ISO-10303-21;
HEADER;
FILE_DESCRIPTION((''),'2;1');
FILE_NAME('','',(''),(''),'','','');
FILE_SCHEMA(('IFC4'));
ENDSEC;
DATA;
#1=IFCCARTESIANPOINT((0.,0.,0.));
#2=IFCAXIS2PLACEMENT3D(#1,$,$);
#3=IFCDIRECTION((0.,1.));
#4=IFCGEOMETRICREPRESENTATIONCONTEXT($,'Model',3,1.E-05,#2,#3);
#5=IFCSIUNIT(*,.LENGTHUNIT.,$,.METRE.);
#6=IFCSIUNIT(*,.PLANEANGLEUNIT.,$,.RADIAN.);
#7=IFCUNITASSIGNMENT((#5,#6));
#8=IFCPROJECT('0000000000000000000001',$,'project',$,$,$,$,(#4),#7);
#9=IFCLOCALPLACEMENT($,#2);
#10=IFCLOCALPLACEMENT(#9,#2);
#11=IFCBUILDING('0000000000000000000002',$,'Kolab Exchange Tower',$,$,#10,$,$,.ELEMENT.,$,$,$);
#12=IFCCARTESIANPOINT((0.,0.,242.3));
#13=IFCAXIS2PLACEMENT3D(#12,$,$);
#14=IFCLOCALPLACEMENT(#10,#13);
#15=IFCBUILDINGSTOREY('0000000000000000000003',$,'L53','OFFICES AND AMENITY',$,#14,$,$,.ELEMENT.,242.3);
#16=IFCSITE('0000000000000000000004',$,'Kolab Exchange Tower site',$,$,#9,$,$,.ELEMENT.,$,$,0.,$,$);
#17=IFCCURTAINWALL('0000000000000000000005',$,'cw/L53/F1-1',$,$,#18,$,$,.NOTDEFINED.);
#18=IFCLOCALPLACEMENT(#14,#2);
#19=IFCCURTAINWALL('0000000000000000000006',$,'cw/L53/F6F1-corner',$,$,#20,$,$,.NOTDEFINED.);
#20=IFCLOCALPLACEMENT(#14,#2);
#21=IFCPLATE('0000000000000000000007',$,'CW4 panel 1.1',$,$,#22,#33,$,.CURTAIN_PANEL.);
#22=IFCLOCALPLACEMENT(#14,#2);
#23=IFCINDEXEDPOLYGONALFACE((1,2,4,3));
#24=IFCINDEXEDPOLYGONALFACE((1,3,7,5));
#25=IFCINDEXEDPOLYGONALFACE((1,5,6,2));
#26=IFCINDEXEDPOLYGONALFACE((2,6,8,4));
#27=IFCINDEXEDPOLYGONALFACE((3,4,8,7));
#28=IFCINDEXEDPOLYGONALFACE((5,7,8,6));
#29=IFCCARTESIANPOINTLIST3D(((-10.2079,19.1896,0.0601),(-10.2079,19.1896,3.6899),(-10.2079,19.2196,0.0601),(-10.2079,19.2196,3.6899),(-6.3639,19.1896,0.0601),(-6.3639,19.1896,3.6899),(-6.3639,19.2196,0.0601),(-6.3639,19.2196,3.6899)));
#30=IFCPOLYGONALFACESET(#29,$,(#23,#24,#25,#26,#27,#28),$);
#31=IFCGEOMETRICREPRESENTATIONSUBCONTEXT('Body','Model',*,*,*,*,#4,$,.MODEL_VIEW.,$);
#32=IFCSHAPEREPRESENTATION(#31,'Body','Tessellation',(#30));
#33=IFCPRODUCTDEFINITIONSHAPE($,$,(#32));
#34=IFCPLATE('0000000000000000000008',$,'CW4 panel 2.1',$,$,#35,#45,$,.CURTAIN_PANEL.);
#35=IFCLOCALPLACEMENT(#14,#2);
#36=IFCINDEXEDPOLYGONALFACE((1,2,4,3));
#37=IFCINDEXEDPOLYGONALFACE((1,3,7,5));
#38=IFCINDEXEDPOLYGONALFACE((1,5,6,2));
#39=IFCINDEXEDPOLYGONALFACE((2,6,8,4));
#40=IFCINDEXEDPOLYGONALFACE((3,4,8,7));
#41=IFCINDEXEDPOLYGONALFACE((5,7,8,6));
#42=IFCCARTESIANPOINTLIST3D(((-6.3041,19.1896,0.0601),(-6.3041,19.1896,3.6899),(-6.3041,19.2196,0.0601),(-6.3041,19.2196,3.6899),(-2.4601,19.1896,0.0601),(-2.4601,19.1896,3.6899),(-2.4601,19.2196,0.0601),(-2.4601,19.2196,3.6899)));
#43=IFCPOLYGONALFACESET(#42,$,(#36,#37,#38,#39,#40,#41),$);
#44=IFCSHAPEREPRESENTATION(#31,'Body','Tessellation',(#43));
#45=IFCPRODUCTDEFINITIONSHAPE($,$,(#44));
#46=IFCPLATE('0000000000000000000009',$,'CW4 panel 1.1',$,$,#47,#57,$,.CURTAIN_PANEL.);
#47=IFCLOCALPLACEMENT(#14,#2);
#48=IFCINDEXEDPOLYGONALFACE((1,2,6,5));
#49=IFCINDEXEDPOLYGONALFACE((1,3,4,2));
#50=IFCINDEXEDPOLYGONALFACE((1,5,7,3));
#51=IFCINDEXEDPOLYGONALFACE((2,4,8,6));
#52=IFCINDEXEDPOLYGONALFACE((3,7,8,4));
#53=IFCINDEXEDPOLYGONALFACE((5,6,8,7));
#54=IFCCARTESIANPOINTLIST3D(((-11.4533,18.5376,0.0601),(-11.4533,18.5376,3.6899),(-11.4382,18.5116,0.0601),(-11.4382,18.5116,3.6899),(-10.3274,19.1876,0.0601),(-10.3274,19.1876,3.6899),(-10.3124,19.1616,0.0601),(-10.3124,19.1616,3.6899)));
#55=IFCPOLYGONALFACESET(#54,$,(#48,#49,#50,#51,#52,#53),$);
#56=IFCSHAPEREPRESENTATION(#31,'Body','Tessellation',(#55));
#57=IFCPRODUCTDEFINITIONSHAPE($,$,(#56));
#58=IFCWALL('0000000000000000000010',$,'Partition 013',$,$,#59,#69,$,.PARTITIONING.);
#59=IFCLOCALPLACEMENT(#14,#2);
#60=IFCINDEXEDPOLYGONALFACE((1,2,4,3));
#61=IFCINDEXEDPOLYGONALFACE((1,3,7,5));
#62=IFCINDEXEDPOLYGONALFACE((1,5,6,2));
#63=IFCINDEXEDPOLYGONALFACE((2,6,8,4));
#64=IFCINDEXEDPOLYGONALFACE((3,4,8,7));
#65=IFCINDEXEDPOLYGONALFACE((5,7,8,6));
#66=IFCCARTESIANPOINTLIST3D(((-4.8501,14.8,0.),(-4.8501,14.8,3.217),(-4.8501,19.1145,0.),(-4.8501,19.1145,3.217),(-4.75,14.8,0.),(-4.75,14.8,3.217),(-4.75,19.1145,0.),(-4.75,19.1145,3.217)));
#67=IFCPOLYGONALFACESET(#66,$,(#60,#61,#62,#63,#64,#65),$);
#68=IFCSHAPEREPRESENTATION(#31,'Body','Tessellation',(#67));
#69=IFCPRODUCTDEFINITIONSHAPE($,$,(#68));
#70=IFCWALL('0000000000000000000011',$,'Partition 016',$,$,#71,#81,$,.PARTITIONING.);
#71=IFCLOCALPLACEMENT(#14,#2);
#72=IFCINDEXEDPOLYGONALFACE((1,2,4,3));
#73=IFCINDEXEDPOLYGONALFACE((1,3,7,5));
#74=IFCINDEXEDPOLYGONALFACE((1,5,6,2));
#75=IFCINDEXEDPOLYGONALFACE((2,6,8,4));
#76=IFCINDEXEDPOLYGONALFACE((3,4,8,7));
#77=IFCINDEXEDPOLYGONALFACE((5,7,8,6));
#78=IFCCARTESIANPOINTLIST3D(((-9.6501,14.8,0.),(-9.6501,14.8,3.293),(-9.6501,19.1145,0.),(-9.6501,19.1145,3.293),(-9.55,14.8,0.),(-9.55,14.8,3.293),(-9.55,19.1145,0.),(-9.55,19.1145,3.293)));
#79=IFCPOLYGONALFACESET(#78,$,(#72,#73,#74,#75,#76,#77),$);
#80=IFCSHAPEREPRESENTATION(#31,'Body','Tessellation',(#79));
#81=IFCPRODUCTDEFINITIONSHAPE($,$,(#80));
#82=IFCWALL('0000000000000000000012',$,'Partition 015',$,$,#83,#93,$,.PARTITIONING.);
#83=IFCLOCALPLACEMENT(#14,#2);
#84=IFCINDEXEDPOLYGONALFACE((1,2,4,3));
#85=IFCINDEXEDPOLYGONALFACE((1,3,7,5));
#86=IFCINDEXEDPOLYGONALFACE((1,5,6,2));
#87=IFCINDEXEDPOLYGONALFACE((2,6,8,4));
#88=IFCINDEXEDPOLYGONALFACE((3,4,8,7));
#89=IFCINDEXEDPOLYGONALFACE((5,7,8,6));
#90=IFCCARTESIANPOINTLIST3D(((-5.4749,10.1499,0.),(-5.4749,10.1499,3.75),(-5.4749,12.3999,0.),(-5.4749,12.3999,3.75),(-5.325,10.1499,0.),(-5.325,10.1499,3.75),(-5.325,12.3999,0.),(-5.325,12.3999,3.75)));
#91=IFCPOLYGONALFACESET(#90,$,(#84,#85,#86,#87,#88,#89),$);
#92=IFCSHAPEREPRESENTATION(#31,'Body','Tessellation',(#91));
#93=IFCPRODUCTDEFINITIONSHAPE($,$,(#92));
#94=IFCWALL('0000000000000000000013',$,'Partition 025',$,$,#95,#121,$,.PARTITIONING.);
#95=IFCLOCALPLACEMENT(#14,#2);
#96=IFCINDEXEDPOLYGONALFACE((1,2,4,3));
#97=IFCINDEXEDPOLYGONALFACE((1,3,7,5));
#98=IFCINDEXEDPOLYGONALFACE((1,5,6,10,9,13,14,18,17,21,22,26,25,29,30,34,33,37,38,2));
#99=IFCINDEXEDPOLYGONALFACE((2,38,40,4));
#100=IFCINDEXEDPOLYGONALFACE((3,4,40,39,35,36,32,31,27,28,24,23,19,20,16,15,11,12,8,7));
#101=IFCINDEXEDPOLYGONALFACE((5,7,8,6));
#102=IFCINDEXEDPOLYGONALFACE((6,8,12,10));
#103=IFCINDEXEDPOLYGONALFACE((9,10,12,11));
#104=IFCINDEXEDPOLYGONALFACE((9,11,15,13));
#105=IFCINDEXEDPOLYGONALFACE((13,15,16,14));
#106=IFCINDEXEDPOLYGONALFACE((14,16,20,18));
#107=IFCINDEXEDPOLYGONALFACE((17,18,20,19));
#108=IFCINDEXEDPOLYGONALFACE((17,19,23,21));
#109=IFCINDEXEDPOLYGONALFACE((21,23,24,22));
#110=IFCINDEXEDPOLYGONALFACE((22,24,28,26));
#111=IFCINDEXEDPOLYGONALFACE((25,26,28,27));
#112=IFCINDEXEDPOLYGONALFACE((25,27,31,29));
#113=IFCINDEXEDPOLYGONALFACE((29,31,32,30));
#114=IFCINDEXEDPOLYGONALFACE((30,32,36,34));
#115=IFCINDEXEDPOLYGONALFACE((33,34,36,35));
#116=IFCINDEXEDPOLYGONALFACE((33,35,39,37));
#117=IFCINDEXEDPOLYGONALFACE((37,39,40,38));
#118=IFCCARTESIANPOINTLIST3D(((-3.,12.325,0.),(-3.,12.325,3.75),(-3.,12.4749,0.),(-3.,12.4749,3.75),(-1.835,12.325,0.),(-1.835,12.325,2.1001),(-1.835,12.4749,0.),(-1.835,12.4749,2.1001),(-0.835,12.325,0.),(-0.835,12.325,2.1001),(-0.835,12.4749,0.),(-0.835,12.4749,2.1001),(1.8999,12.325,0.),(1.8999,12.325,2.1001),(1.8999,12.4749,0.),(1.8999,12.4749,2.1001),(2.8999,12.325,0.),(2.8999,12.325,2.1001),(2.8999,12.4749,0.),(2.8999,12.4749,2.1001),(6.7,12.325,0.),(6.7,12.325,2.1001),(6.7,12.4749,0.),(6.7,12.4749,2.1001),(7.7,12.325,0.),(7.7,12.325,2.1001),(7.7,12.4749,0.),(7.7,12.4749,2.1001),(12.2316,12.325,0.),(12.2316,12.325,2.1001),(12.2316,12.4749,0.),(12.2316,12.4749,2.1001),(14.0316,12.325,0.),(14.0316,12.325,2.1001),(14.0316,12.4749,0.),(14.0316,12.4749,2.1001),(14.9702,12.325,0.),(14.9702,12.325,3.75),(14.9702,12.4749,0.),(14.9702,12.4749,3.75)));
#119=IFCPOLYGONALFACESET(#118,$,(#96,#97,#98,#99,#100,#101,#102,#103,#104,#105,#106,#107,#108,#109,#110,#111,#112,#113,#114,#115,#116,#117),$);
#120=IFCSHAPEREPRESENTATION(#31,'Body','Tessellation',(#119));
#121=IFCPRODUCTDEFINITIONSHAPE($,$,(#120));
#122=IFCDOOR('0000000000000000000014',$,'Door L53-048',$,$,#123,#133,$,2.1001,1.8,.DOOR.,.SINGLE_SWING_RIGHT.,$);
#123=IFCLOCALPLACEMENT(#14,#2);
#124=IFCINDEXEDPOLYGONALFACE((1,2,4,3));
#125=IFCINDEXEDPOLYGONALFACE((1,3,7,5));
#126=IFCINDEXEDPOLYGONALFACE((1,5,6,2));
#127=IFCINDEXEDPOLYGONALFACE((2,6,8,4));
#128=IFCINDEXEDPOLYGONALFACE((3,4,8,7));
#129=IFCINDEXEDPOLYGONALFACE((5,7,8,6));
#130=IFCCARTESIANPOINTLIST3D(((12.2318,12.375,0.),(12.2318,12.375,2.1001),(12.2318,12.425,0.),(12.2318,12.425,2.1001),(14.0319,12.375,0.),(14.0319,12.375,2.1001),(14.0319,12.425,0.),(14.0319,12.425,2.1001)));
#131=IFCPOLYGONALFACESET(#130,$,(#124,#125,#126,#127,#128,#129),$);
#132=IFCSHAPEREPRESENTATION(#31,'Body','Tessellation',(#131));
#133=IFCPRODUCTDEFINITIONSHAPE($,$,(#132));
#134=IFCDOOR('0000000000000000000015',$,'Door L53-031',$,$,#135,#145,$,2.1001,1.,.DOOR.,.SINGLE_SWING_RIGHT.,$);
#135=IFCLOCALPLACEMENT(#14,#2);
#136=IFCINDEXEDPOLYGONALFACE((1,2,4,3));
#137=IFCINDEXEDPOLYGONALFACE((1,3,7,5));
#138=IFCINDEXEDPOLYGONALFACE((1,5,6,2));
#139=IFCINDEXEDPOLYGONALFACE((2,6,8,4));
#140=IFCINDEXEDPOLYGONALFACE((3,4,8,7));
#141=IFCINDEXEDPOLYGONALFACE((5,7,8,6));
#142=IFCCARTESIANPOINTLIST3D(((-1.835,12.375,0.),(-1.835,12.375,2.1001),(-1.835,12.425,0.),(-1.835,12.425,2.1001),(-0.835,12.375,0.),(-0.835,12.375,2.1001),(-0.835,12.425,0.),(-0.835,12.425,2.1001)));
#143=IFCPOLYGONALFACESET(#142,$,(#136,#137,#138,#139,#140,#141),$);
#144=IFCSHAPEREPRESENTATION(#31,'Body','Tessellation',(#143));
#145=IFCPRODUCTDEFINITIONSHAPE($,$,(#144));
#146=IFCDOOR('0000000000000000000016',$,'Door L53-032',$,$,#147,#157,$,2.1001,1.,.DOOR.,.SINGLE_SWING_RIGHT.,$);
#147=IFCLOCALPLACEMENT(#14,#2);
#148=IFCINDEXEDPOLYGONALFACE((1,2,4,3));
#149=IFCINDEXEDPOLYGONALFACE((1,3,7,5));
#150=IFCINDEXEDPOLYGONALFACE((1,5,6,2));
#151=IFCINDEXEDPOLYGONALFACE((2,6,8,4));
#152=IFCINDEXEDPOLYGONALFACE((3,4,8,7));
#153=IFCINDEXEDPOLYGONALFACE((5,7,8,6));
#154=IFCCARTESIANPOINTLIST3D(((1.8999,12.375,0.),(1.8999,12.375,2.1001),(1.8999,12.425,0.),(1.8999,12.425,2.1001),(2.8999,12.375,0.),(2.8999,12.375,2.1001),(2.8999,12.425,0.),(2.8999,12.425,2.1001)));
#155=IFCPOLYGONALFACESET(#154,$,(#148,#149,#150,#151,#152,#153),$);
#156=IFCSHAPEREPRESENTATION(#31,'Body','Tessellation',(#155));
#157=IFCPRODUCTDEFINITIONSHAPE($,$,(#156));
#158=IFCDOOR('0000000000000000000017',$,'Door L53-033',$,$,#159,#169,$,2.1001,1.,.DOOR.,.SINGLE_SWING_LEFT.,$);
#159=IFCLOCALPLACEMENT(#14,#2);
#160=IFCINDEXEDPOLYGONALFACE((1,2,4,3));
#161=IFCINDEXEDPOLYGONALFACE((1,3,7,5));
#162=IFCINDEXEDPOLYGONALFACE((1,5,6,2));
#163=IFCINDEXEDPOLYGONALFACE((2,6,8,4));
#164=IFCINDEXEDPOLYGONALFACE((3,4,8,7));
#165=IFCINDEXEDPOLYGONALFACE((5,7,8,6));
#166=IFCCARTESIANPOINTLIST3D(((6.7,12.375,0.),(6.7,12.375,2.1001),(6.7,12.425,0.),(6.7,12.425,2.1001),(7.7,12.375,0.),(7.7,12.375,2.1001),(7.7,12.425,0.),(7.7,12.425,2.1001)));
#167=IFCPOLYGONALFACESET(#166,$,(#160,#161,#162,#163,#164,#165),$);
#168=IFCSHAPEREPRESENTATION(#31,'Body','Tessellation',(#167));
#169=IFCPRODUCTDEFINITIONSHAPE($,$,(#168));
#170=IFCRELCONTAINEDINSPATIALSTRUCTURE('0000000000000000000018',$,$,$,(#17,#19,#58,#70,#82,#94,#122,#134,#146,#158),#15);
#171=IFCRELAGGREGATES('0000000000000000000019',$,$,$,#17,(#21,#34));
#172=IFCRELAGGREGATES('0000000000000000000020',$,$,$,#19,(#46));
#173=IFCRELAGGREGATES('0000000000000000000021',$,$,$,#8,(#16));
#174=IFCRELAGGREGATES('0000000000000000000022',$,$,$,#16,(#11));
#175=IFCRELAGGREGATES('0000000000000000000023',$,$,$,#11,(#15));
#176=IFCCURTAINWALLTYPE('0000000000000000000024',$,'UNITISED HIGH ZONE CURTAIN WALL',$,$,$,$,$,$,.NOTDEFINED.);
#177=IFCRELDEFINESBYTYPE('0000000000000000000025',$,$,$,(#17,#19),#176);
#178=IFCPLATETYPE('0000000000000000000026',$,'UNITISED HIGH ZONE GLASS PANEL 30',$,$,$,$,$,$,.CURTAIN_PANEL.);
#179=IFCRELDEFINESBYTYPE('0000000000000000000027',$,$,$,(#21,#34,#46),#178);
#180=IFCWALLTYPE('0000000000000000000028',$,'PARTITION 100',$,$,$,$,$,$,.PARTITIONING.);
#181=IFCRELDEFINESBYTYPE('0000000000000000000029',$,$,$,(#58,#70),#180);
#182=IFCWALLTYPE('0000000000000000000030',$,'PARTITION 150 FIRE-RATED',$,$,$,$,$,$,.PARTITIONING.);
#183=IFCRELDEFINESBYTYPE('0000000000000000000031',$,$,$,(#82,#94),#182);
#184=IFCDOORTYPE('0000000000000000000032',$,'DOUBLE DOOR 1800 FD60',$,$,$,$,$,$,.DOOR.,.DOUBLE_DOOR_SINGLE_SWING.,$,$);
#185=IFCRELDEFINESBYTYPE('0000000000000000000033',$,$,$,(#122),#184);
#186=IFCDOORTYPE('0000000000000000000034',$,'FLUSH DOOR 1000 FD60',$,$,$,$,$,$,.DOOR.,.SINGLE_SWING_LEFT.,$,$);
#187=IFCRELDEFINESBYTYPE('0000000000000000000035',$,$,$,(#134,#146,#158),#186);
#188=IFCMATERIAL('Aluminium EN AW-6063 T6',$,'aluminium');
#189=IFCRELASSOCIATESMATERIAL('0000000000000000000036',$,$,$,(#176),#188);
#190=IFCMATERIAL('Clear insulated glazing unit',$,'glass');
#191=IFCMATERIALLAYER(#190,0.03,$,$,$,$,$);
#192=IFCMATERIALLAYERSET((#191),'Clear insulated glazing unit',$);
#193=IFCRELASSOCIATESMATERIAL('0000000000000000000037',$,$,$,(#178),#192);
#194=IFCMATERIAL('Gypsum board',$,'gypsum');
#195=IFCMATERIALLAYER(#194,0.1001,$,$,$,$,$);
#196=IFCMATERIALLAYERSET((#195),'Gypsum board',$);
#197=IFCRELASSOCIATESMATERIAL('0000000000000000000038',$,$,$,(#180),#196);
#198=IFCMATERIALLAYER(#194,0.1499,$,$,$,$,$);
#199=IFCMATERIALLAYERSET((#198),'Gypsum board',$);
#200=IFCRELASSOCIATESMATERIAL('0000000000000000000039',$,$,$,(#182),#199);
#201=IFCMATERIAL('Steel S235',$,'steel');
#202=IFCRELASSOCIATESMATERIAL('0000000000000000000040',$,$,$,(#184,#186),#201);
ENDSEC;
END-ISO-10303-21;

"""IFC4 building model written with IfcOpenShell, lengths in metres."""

from ifc_helpers import new_model, si_unit, direction, frame, frame_2d, origin, origin_2d, place, context, subcontext, project, spatial, rectangle, extrude, material, layer, layer_set, type_object, element, fill, aggregate, save


model = new_model("IFC4")

# Units and contexts
model_context = context("Model", 3, precision=1e-05, world=origin(), true_north=direction((0.0, 1.0)))
body_context = subcontext(model_context, "Body", "Model", "MODEL_VIEW")
ifc_project = project(units=[si_unit("LENGTHUNIT", "METRE"), si_unit("PLANEANGLEUNIT", "RADIAN")], contexts=[model_context])

# Site, building, storey
site_placement = place(None, origin())
site = spatial("IfcSite", under=ifc_project, at=site_placement, Name="Kolab Exchange Tower site", CompositionType="ELEMENT", RefElevation=0.0)
building_placement = place(site_placement, origin())
building = spatial("IfcBuilding", under=site, at=building_placement, Name="Kolab Exchange Tower", CompositionType="ELEMENT")
storey_placement = place(building_placement, frame((0.0, 0.0, 242.3)))
storey = spatial("IfcBuildingStorey", under=building, at=storey_placement, Name="L53", Description="OFFICES AND AMENITY", CompositionType="ELEMENT", Elevation=242.3)

# Curtain wall
ifc_material_1 = material(Name="Aluminium EN AW-6063 T6", Category="aluminium")
curtain_wall_type = type_object("IfcCurtainWallType", Name="UNITISED HIGH ZONE CURTAIN WALL", PredefinedType="NOTDEFINED", material=ifc_material_1)
curtain_wall_1_placement = place(storey_placement, origin())
curtain_wall_1 = element("IfcCurtainWall", 1, at=curtain_wall_1_placement, inside=storey, type_object=curtain_wall_type, Name="cw/L53/F1-1", PredefinedType="NOTDEFINED")

# Curtain wall
curtain_wall_2_placement = place(storey_placement, origin())
curtain_wall_2 = element("IfcCurtainWall", 2, at=curtain_wall_2_placement, inside=storey, type_object=curtain_wall_type, Name="cw/L53/F6F1-corner", PredefinedType="NOTDEFINED")

# Plates
ifc_material_2 = material(Name="Clear insulated glazing unit", Category="glass")
ifc_layer_1 = layer(ifc_material_2, 0.03)
ifc_layer_set_1 = layer_set([ifc_layer_1], Name="Clear insulated glazing unit")
plate_type = type_object("IfcPlateType", Name="UNITISED HIGH ZONE GLASS PANEL 30", PredefinedType="CURTAIN_PANEL", material=ifc_layer_set_1)
plate_1_placement = place(storey_placement, frame((-8.2859, 19.2046, 0.0601), z_axis=(0.0, 0.0, 1.0), x_axis=(1.0, 0.0, 0.0)))
plate_1 = element("IfcPlate", 3, at=plate_1_placement, type_object=plate_type, Name="CW4 panel 1.1", PredefinedType="CURTAIN_PANEL", context=body_context, shape_type="SweptSolid", body=[
    extrude(rectangle(XDim=3.844, YDim=0.03, at=origin_2d()), origin(), (0.0, 0.0, 1.0), 3.6299),
])
plate_2_placement = place(storey_placement, frame((-4.3821, 19.2046, 0.0601), z_axis=(0.0, 0.0, 1.0), x_axis=(1.0, 0.0, 0.0)))
plate_2 = element("IfcPlate", 4, at=plate_2_placement, type_object=plate_type, Name="CW4 panel 2.1", PredefinedType="CURTAIN_PANEL", context=body_context, shape_type="SweptSolid", body=[
    extrude(rectangle(XDim=3.844, YDim=0.03, at=origin_2d()), origin(), (0.0, 0.0, 1.0), 3.6299),
])
aggregate(curtain_wall_1, [plate_1, plate_2])
plate_3_placement = place(storey_placement, frame((-10.8828, 18.8496, 0.0601), z_axis=(0.0, 0.0, 1.0), x_axis=(0.866025, 0.5, 0.0)))
plate_3 = element("IfcPlate", 5, at=plate_3_placement, type_object=plate_type, Name="CW4 panel 1.1", PredefinedType="CURTAIN_PANEL", context=body_context, shape_type="SweptSolid", body=[
    extrude(rectangle(XDim=1.3, YDim=0.03, at=origin_2d()), origin(), (0.0, 0.0, 1.0), 3.6299),
])
aggregate(curtain_wall_2, [plate_3])

# Walls
ifc_material_3 = material(Name="Gypsum board", Category="gypsum")
ifc_layer_2 = layer(ifc_material_3, 0.1001)
ifc_layer_set_2 = layer_set([ifc_layer_2], Name="Gypsum board")
wall_type_1 = type_object("IfcWallType", Name="PARTITION 100", PredefinedType="PARTITIONING", material=ifc_layer_set_2)
wall_1_placement = place(storey_placement, frame((-4.8, 14.8, 0.0), z_axis=(0.0, 0.0, 1.0), x_axis=(0.0, 1.0, 0.0)))
element("IfcWall", 6, at=wall_1_placement, inside=storey, type_object=wall_type_1, Name="Partition 013", PredefinedType="PARTITIONING", context=body_context, shape_type="SweptSolid", body=[
    extrude(rectangle(XDim=4.3145, YDim=0.1001, at=frame_2d((2.1572, 0.0))), origin(), (0.0, 0.0, 1.0), 3.217),
])
wall_2_placement = place(storey_placement, frame((-9.6001, 14.8, 0.0), z_axis=(0.0, 0.0, 1.0), x_axis=(0.0, 1.0, 0.0)))
element("IfcWall", 7, at=wall_2_placement, inside=storey, type_object=wall_type_1, Name="Partition 016", PredefinedType="PARTITIONING", context=body_context, shape_type="SweptSolid", body=[
    extrude(rectangle(XDim=4.3145, YDim=0.1001, at=frame_2d((2.1572, 0.0))), origin(), (0.0, 0.0, 1.0), 3.293),
])
ifc_layer_3 = layer(ifc_material_3, 0.1499)
ifc_layer_set_3 = layer_set([ifc_layer_3], Name="Gypsum board")
wall_type_2 = type_object("IfcWallType", Name="PARTITION 150 FIRE-RATED", PredefinedType="PARTITIONING", material=ifc_layer_set_3)
wall_3_placement = place(storey_placement, frame((-5.3999, 10.1499, 0.0), z_axis=(0.0, 0.0, 1.0), x_axis=(0.0, 1.0, 0.0)))
element("IfcWall", 8, at=wall_3_placement, inside=storey, type_object=wall_type_2, Name="Partition 015", PredefinedType="PARTITIONING", context=body_context, shape_type="SweptSolid", body=[
    extrude(rectangle(XDim=2.25, YDim=0.1499, at=frame_2d((1.125, 0.0))), origin(), (0.0, 0.0, 1.0), 3.75),
])

# Wall, openings, doors
wall_4_placement = place(storey_placement, frame((-3.0, 12.3999, 0.0), z_axis=(0.0, 0.0, 1.0), x_axis=(1.0, 0.0, 0.0)))
wall_4 = element("IfcWall", 9, at=wall_4_placement, inside=storey, type_object=wall_type_2, Name="Partition 025", PredefinedType="PARTITIONING", context=body_context, shape_type="SweptSolid", body=[
    extrude(rectangle(XDim=17.9702, YDim=0.1499, at=frame_2d((8.9851, 0.0))), origin(), (0.0, 0.0, 1.0), 3.75),
])
opening_1_placement = place(wall_4_placement, frame((1.165, 0.0, 0.0)))
opening_1 = element("IfcOpeningElement", 10, at=opening_1_placement, cuts=wall_4, PredefinedType="OPENING", context=body_context, shape_type="SweptSolid", body=[
    extrude(rectangle(XDim=1.0, YDim=2.1001, at=frame_2d((0.5, 1.05))), frame((0.0, 0.085, 0.0), z_axis=(0.0, -1.0, 0.0), x_axis=(1.0, 0.0, 0.0)), (0.0, 0.0, 1.0), 0.1699),
])
opening_2_placement = place(wall_4_placement, frame((4.8999, 0.0, 0.0)))
opening_2 = element("IfcOpeningElement", 11, at=opening_2_placement, cuts=wall_4, PredefinedType="OPENING", context=body_context, shape_type="SweptSolid", body=[
    extrude(rectangle(XDim=1.0, YDim=2.1001, at=frame_2d((0.5, 1.05))), frame((0.0, 0.085, 0.0), z_axis=(0.0, -1.0, 0.0), x_axis=(1.0, 0.0, 0.0)), (0.0, 0.0, 1.0), 0.1699),
])
opening_3_placement = place(wall_4_placement, frame((9.7, 0.0, 0.0)))
opening_3 = element("IfcOpeningElement", 12, at=opening_3_placement, cuts=wall_4, PredefinedType="OPENING", context=body_context, shape_type="SweptSolid", body=[
    extrude(rectangle(XDim=1.0, YDim=2.1001, at=frame_2d((0.5, 1.05))), frame((0.0, 0.085, 0.0), z_axis=(0.0, -1.0, 0.0), x_axis=(1.0, 0.0, 0.0)), (0.0, 0.0, 1.0), 0.1699),
])
opening_4_placement = place(wall_4_placement, frame((15.2317, 0.0, 0.0)))
opening_4 = element("IfcOpeningElement", 13, at=opening_4_placement, cuts=wall_4, PredefinedType="OPENING", context=body_context, shape_type="SweptSolid", body=[
    extrude(rectangle(XDim=1.8, YDim=2.1001, at=frame_2d((0.8999, 1.05))), frame((0.0, 0.085, 0.0), z_axis=(0.0, -1.0, 0.0), x_axis=(1.0, 0.0, 0.0)), (0.0, 0.0, 1.0), 0.1699),
])
ifc_material_4 = material(Name="Steel S235", Category="steel")
door_type_1 = type_object("IfcDoorType", Name="DOUBLE DOOR 1800 FD60", OperationType="DOUBLE_DOOR_SINGLE_SWING", PredefinedType="DOOR", material=ifc_material_4)
door_1_placement = place(opening_4_placement, frame((1.8, 0.0, 0.0), z_axis=(0.0, 0.0, 1.0), x_axis=(-1.0, 0.0, 0.0)))
door_1 = element("IfcDoor", 14, at=door_1_placement, inside=storey, type_object=door_type_1, Name="Door L53-048", OperationType="SINGLE_SWING_RIGHT", OverallHeight=2.1001, OverallWidth=1.8, PredefinedType="DOOR", context=body_context, shape_type="SweptSolid", body=[
    extrude(rectangle(XDim=1.8, YDim=2.1001, at=frame_2d((0.8999, 1.05))), frame((0.0, 0.0249, 0.0), z_axis=(0.0, -1.0, 0.0), x_axis=(1.0, 0.0, 0.0)), (0.0, 0.0, 1.0), 0.05),
])
fill(opening_4, door_1)
door_type_2 = type_object("IfcDoorType", Name="FLUSH DOOR 1000 FD60", OperationType="SINGLE_SWING_LEFT", PredefinedType="DOOR", material=ifc_material_4)
door_2_placement = place(opening_1_placement, frame((1.0, 0.0, 0.0), z_axis=(0.0, 0.0, 1.0), x_axis=(-1.0, 0.0, 0.0)))
door_2 = element("IfcDoor", 15, at=door_2_placement, inside=storey, type_object=door_type_2, Name="Door L53-031", OperationType="SINGLE_SWING_RIGHT", OverallHeight=2.1001, OverallWidth=1.0, PredefinedType="DOOR", context=body_context, shape_type="SweptSolid", body=[
    extrude(rectangle(XDim=1.0, YDim=2.1001, at=frame_2d((0.5, 1.05))), frame((0.0, 0.0249, 0.0), z_axis=(0.0, -1.0, 0.0), x_axis=(1.0, 0.0, 0.0)), (0.0, 0.0, 1.0), 0.05),
])
fill(opening_1, door_2)
door_3_placement = place(opening_2_placement, frame((1.0, 0.0, 0.0), z_axis=(0.0, 0.0, 1.0), x_axis=(-1.0, 0.0, 0.0)))
door_3 = element("IfcDoor", 16, at=door_3_placement, inside=storey, type_object=door_type_2, Name="Door L53-032", OperationType="SINGLE_SWING_RIGHT", OverallHeight=2.1001, OverallWidth=1.0, PredefinedType="DOOR", context=body_context, shape_type="SweptSolid", body=[
    extrude(rectangle(XDim=1.0, YDim=2.1001, at=frame_2d((0.5, 1.05))), frame((0.0, 0.0249, 0.0), z_axis=(0.0, -1.0, 0.0), x_axis=(1.0, 0.0, 0.0)), (0.0, 0.0, 1.0), 0.05),
])
fill(opening_2, door_3)
door_4_placement = place(opening_3_placement, frame((1.0, 0.0, 0.0), z_axis=(0.0, 0.0, 1.0), x_axis=(-1.0, 0.0, 0.0)))
door_4 = element("IfcDoor", 17, at=door_4_placement, inside=storey, type_object=door_type_2, Name="Door L53-033", OperationType="SINGLE_SWING_LEFT", OverallHeight=2.1001, OverallWidth=1.0, PredefinedType="DOOR", context=body_context, shape_type="SweptSolid", body=[
    extrude(rectangle(XDim=1.0, YDim=2.1001, at=frame_2d((0.5, 1.05))), frame((0.0, 0.0249, 0.0), z_axis=(0.0, -1.0, 0.0), x_axis=(1.0, 0.0, 0.0)), (0.0, 0.0, 1.0), 0.05),
])
fill(opening_3, door_4)

save(model, "model.ifc")
